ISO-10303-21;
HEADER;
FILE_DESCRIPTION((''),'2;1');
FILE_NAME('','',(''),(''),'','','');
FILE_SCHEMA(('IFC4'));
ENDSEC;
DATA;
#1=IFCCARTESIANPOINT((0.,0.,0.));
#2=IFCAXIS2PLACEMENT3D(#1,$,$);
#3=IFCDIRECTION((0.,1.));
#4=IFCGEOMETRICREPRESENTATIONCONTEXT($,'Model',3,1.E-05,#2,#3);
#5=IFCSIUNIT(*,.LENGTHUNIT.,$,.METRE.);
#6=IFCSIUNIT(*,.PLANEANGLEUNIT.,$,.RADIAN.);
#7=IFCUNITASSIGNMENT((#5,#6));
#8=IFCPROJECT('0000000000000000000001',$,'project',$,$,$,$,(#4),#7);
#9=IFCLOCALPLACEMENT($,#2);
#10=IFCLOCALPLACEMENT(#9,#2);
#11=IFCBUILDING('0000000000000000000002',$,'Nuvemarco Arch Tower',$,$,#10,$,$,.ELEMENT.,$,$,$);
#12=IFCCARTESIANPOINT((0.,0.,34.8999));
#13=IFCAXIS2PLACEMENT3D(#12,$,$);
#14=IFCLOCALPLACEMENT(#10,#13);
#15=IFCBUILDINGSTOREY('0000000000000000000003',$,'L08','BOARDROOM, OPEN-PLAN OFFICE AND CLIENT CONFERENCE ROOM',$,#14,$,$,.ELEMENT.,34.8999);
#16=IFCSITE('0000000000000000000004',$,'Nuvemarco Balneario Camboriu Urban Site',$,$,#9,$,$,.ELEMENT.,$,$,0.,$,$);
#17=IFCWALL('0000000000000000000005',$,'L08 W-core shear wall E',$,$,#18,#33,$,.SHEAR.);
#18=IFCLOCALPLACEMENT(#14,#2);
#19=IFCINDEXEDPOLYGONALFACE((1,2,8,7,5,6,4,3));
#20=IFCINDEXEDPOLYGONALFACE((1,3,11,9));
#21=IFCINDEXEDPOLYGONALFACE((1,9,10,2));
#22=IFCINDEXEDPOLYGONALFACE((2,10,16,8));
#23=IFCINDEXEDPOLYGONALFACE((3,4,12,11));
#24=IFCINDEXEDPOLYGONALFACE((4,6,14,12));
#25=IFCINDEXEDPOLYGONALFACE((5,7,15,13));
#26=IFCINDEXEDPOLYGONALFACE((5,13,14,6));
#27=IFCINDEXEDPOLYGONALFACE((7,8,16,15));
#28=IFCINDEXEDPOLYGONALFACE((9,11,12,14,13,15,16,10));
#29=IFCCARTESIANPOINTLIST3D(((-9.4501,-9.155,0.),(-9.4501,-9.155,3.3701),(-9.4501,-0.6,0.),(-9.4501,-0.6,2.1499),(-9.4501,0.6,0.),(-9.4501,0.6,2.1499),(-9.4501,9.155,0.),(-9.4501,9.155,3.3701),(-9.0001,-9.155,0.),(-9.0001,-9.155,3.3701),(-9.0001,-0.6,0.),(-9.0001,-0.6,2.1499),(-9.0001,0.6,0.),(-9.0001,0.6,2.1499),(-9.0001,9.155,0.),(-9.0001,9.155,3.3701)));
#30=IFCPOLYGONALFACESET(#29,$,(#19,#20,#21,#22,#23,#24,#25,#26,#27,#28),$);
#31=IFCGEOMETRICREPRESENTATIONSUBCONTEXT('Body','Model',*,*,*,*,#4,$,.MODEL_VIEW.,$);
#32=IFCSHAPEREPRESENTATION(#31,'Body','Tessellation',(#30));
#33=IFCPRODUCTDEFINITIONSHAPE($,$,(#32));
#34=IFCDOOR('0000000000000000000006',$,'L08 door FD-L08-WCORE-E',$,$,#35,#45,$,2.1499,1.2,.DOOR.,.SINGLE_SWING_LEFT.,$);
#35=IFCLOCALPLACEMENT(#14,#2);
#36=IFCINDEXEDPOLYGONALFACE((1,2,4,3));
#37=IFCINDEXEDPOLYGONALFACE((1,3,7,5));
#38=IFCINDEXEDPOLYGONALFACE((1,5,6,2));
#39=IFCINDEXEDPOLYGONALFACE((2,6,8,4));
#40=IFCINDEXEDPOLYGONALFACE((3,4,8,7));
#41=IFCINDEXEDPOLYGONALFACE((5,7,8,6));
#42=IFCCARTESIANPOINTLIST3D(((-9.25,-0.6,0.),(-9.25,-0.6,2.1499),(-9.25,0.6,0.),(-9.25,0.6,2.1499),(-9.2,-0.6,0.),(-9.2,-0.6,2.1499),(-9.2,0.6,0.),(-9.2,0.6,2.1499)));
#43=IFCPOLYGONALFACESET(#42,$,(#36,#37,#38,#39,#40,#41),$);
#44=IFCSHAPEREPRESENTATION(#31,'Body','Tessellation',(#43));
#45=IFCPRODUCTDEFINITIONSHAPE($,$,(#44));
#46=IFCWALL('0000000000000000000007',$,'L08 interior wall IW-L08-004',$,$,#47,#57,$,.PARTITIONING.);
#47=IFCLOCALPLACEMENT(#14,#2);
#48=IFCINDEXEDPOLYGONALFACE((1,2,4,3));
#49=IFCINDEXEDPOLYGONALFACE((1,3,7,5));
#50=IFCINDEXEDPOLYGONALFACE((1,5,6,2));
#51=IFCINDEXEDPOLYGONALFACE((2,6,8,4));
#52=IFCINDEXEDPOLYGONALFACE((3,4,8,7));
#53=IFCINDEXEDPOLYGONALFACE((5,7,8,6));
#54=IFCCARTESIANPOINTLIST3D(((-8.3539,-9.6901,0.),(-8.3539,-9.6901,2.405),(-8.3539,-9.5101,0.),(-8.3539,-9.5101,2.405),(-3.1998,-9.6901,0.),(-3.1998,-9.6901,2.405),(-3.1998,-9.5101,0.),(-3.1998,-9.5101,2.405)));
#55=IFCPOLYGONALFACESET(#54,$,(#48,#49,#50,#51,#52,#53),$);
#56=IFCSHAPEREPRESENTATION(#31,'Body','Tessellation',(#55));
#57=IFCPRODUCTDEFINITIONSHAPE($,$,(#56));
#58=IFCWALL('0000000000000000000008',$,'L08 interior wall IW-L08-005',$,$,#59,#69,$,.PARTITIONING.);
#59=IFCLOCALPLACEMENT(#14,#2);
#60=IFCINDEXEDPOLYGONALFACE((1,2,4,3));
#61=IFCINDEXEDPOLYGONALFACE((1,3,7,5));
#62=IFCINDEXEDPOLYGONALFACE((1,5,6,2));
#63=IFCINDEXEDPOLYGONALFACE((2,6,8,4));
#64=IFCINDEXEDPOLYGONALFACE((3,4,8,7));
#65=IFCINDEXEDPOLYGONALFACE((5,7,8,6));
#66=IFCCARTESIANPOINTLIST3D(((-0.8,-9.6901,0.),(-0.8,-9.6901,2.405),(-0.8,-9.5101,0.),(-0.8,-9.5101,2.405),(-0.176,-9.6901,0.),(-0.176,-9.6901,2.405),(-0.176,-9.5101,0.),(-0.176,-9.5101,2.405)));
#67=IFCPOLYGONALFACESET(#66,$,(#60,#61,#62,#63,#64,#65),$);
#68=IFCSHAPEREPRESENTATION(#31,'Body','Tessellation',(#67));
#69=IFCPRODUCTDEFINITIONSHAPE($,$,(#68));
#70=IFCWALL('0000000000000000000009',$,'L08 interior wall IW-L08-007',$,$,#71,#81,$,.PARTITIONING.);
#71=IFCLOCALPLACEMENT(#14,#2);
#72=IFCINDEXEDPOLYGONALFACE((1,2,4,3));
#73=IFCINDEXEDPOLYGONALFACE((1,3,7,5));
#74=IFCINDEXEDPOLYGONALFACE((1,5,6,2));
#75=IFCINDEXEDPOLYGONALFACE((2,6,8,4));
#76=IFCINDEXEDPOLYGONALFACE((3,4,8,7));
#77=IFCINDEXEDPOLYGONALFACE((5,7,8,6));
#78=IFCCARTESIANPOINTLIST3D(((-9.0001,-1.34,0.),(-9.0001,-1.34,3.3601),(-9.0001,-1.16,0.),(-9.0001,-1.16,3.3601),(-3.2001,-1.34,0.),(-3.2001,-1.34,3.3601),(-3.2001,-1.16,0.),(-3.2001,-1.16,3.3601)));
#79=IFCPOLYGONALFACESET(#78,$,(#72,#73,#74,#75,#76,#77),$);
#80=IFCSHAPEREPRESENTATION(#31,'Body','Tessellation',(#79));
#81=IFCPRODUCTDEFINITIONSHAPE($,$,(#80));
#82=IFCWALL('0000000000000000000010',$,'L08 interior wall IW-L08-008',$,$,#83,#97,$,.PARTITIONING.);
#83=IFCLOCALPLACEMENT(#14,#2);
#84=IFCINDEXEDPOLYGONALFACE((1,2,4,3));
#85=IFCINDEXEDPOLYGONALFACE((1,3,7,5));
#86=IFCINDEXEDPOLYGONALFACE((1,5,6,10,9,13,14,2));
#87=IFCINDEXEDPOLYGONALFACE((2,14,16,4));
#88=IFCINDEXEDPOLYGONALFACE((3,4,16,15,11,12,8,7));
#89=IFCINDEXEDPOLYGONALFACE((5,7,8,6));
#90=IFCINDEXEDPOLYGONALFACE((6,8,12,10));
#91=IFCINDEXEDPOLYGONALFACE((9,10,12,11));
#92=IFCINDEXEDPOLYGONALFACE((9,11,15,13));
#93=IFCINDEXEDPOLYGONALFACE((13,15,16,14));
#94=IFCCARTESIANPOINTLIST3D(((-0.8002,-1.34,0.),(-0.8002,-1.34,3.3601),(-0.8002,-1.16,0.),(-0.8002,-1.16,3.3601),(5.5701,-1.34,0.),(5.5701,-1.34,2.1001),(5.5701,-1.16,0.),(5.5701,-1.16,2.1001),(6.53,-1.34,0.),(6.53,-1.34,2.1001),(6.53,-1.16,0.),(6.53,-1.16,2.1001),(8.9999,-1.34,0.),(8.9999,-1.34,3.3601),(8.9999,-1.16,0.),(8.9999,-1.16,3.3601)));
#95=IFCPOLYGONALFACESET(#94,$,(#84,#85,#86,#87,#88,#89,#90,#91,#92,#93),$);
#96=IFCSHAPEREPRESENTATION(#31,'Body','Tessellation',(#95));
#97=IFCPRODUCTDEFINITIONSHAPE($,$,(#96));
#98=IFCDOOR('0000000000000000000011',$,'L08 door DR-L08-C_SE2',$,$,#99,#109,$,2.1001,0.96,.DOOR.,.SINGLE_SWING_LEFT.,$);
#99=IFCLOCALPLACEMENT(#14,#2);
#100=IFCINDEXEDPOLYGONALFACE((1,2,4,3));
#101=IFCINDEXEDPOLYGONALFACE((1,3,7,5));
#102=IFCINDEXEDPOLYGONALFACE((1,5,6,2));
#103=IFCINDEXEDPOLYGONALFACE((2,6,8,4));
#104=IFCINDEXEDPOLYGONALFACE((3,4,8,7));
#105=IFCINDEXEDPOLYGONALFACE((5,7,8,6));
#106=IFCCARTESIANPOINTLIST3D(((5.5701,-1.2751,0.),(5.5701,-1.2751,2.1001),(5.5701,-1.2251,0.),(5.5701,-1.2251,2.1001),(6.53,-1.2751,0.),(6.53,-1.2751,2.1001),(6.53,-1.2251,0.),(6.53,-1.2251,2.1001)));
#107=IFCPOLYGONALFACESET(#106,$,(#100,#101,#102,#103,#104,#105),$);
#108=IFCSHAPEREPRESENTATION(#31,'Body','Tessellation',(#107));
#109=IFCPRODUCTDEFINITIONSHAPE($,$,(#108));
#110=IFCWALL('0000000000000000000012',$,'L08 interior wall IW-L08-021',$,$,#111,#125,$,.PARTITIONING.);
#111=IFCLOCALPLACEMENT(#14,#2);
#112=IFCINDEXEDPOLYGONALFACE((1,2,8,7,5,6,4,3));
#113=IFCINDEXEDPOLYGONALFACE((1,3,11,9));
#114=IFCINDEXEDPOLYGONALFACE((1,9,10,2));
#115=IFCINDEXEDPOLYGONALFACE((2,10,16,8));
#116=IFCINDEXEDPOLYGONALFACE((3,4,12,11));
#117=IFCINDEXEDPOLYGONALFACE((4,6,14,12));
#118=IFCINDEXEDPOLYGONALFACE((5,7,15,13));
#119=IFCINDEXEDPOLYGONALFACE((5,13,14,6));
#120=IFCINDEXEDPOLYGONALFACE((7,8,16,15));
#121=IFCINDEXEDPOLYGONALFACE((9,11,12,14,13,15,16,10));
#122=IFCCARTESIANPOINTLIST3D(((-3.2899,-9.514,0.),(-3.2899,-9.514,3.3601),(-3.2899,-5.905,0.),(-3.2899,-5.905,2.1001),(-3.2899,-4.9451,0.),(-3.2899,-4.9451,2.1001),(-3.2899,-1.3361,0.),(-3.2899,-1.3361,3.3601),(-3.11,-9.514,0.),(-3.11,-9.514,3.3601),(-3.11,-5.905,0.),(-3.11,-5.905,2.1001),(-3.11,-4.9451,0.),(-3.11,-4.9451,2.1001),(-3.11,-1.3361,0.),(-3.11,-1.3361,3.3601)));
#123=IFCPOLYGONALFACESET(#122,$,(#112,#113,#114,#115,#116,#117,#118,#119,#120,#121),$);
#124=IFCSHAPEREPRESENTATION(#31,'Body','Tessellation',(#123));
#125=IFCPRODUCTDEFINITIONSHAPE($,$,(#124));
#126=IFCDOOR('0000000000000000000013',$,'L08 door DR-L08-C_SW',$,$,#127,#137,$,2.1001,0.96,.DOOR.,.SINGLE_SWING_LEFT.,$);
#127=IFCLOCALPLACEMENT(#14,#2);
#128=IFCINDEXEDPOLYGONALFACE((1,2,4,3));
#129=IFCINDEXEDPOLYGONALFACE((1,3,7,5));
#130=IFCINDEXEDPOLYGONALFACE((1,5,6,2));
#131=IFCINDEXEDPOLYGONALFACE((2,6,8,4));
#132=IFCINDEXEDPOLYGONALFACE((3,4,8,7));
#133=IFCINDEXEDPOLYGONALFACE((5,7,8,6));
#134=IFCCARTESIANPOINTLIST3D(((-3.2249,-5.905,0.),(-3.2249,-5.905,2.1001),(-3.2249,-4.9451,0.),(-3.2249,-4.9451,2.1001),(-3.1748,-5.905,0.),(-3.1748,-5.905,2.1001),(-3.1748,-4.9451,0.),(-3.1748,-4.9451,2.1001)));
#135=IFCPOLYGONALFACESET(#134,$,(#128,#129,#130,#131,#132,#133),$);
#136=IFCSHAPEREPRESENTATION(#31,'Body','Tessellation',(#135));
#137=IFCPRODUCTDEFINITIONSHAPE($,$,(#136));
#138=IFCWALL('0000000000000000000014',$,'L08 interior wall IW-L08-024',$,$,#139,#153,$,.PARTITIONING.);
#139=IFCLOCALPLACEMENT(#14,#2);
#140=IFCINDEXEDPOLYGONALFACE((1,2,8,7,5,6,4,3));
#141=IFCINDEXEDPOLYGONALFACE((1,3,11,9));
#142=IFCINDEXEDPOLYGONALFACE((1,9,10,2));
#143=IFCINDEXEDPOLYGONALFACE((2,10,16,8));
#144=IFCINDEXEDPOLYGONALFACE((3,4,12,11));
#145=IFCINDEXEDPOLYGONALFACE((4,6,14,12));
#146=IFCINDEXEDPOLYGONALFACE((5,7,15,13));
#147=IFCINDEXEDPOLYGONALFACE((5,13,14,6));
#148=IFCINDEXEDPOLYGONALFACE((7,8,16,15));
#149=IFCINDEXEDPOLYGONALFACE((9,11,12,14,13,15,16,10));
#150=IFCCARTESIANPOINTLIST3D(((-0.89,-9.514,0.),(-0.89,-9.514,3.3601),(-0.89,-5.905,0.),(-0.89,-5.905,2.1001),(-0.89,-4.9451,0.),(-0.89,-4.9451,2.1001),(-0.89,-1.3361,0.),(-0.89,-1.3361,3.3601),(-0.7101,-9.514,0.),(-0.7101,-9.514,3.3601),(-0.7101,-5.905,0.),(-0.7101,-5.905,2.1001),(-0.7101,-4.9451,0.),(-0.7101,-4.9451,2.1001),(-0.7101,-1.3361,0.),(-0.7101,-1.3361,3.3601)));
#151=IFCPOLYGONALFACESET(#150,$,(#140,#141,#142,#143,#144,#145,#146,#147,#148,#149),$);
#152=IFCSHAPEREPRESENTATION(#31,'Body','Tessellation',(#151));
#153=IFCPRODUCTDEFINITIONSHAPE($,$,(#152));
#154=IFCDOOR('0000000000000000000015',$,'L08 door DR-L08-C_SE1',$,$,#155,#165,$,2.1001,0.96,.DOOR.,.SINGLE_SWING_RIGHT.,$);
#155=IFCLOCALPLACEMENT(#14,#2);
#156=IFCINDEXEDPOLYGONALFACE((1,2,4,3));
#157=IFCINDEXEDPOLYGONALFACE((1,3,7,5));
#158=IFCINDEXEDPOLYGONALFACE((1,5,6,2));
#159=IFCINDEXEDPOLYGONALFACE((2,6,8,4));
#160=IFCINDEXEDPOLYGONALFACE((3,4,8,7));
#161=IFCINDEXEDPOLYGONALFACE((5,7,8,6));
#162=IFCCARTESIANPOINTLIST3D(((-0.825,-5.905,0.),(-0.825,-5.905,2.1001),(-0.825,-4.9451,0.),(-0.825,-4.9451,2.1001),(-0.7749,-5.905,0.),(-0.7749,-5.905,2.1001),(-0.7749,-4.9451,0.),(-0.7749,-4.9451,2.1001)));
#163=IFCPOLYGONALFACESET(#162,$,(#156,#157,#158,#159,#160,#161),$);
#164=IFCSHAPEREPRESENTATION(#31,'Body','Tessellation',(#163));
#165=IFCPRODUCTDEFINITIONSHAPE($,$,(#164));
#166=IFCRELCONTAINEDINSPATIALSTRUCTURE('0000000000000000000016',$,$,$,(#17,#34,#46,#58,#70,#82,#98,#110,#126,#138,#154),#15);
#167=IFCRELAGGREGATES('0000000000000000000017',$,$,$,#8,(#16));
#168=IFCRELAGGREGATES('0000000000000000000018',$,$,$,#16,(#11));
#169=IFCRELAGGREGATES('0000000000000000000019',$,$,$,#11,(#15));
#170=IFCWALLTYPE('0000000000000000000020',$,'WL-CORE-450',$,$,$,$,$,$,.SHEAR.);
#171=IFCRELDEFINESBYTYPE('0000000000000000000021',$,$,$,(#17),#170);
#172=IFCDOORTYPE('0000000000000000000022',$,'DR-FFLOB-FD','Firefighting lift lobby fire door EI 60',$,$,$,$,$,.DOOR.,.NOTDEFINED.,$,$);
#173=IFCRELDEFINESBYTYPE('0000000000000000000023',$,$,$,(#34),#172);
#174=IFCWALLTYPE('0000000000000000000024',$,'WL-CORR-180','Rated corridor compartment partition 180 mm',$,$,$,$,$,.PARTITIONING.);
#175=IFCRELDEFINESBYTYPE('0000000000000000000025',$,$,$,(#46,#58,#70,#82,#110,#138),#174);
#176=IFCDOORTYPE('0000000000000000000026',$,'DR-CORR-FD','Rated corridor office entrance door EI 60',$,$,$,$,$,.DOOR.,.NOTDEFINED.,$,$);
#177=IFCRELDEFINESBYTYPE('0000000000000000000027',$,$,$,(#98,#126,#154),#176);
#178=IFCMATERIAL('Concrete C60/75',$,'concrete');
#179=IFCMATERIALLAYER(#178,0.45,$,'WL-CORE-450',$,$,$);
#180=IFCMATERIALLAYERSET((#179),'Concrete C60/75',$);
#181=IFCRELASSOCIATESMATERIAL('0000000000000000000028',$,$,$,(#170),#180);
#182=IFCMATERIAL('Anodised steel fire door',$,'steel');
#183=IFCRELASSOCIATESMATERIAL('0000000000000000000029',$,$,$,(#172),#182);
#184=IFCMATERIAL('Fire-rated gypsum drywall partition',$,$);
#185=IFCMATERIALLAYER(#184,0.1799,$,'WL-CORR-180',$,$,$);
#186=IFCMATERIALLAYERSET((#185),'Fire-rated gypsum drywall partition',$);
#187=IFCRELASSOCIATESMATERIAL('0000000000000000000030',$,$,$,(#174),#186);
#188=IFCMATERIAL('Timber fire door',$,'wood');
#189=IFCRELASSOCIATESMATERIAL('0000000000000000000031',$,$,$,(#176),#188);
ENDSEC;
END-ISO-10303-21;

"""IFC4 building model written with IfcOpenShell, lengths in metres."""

from ifc_helpers import new_model, si_unit, direction, frame, frame_2d, origin, place, context, subcontext, project, spatial, rectangle, extrude, source, transform, mapped, material, layer, layer_set, type_object, type_shapes, element, fill, save


model = new_model("IFC4")

# Units and contexts
model_context = context("Model", 3, precision=1e-05, world=origin(), true_north=direction((0.0, 1.0)))
body_context = subcontext(model_context, "Body", "Model", "MODEL_VIEW")
ifc_project = project(units=[si_unit("LENGTHUNIT", "METRE"), si_unit("PLANEANGLEUNIT", "RADIAN")], contexts=[model_context])

# Site, building, storey
site_placement = place(None, origin())
site = spatial("IfcSite", under=ifc_project, at=site_placement, Name="Nuvemarco Balneario Camboriu Urban Site", CompositionType="ELEMENT", RefElevation=0.0)
building_placement = place(site_placement, origin())
building = spatial("IfcBuilding", under=site, at=building_placement, Name="Nuvemarco Arch Tower", CompositionType="ELEMENT")
storey_placement = place(building_placement, frame((0.0, 0.0, 34.8999)))
storey = spatial("IfcBuildingStorey", under=building, at=storey_placement, Name="L08", Description="BOARDROOM, OPEN-PLAN OFFICE AND CLIENT CONFERENCE ROOM", CompositionType="ELEMENT", Elevation=34.8999)

# Shared definitions
ifc_material_1 = material(Name="Concrete C60/75", Category="concrete")

# Wall, opening, door
ifc_layer_1 = layer(ifc_material_1, 0.45, Name="WL-CORE-450")
ifc_layer_set_1 = layer_set([ifc_layer_1], Name="Concrete C60/75")
wall_type_1 = type_object("IfcWallType", Name="WL-CORE-450", PredefinedType="SHEAR", material=ifc_layer_set_1)
wall_1_placement = place(storey_placement, frame((-9.2251, -9.155, 0.0), z_axis=(0.0, 0.0, 1.0), x_axis=(0.0, 1.0, 0.0)))
wall_1 = element("IfcWall", 1, at=wall_1_placement, inside=storey, type_object=wall_type_1, Name="L08 W-core shear wall E", PredefinedType="SHEAR", context=body_context, shape_type="SweptSolid", body=[
    extrude(rectangle(XDim=18.3101, YDim=0.45, at=frame_2d((9.155, 0.0))), origin(), (0.0, 0.0, 1.0), 3.3701),
])
opening_1_placement = place(wall_1_placement, frame((8.5549, 0.0, 0.0)))
opening_1 = element("IfcOpeningElement", 2, at=opening_1_placement, cuts=wall_1, PredefinedType="OPENING", context=body_context, shape_type="SweptSolid", body=[
    extrude(rectangle(XDim=1.2, YDim=2.1499, at=frame_2d((0.6001, 1.075))), frame((0.0, 0.2349, 0.0), z_axis=(0.0, -1.0, 0.0), x_axis=(1.0, 0.0, 0.0)), (0.0, 0.0, 1.0), 0.47),
])
ifc_material_2 = material(Name="Anodised steel fire door", Category="steel")
door_type_1 = type_object("IfcDoorType", Name="DR-FFLOB-FD", Description="Firefighting lift lobby fire door EI 60", OperationType="NOTDEFINED", PredefinedType="DOOR", material=ifc_material_2)
shared_shape_1 = source(origin(), body_context, "Body", "SweptSolid", [
    extrude(rectangle(XDim=1.2, YDim=2.1499, at=frame_2d((0.6001, 1.075))), frame((0.0, 0.0249, 0.0), z_axis=(0.0, -1.0, 0.0), x_axis=(1.0, 0.0, 0.0)), (0.0, 0.0, 1.0), 0.05),
])
type_shapes(door_type_1, [shared_shape_1])
door_1_placement = place(opening_1_placement, origin())
door_1 = element("IfcDoor", 3, at=door_1_placement, inside=storey, type_object=door_type_1, Name="L08 door FD-L08-WCORE-E", OperationType="SINGLE_SWING_LEFT", OverallHeight=2.1499, OverallWidth=1.2, PredefinedType="DOOR", context=body_context, shape_type="MappedRepresentation", body=[
    mapped(shared_shape_1, transform((0.0, 0.0, 0.0), scale=1.0)),
])
fill(opening_1, door_1)

# Walls
ifc_material_3 = material(Name="Fire-rated gypsum drywall partition")
ifc_layer_2 = layer(ifc_material_3, 0.1799, Name="WL-CORR-180")
ifc_layer_set_2 = layer_set([ifc_layer_2], Name="Fire-rated gypsum drywall partition")
wall_type_2 = type_object("IfcWallType", Name="WL-CORR-180", Description="Rated corridor compartment partition 180 mm", PredefinedType="PARTITIONING", material=ifc_layer_set_2)
wall_2_placement = place(storey_placement, frame((-8.354, -9.6001, 0.0), z_axis=(0.0, 0.0, 1.0), x_axis=(1.0, 0.0, 0.0)))
element("IfcWall", 4, at=wall_2_placement, inside=storey, type_object=wall_type_2, Name="L08 interior wall IW-L08-004", PredefinedType="PARTITIONING", context=body_context, shape_type="SweptSolid", body=[
    extrude(rectangle(XDim=5.1541, YDim=0.1799, at=frame_2d((2.5771, 0.0))), origin(), (0.0, 0.0, 1.0), 2.405),
])
wall_3_placement = place(storey_placement, frame((-0.8, -9.6001, 0.0), z_axis=(0.0, 0.0, 1.0), x_axis=(1.0, 0.0, 0.0)))
element("IfcWall", 5, at=wall_3_placement, inside=storey, type_object=wall_type_2, Name="L08 interior wall IW-L08-005", PredefinedType="PARTITIONING", context=body_context, shape_type="SweptSolid", body=[
    extrude(rectangle(XDim=0.624, YDim=0.1799, at=frame_2d((0.312, 0.0))), origin(), (0.0, 0.0, 1.0), 2.405),
])
wall_4_placement = place(storey_placement, frame((-9.0, -1.25, 0.0), z_axis=(0.0, 0.0, 1.0), x_axis=(1.0, 0.0, 0.0)))
element("IfcWall", 6, at=wall_4_placement, inside=storey, type_object=wall_type_2, Name="L08 interior wall IW-L08-007", PredefinedType="PARTITIONING", context=body_context, shape_type="SweptSolid", body=[
    extrude(rectangle(XDim=5.8, YDim=0.1799, at=frame_2d((2.8999, 0.0))), origin(), (0.0, 0.0, 1.0), 3.3601),
])

# Walls, openings, doors
wall_5_placement = place(storey_placement, frame((-0.8, -1.25, 0.0), z_axis=(0.0, 0.0, 1.0), x_axis=(1.0, 0.0, 0.0)))
wall_5 = element("IfcWall", 7, at=wall_5_placement, inside=storey, type_object=wall_type_2, Name="L08 interior wall IW-L08-008", PredefinedType="PARTITIONING", context=body_context, shape_type="SweptSolid", body=[
    extrude(rectangle(XDim=9.8, YDim=0.1799, at=frame_2d((4.8999, 0.0))), origin(), (0.0, 0.0, 1.0), 3.3601),
])
opening_2_placement = place(wall_5_placement, frame((6.3701, 0.0, 0.0)))
opening_2 = element("IfcOpeningElement", 8, at=opening_2_placement, cuts=wall_5, PredefinedType="OPENING", context=body_context, shape_type="SweptSolid", body=[
    extrude(rectangle(XDim=0.96, YDim=2.1001, at=frame_2d((0.48, 1.05))), frame((0.0, 0.0999, 0.0), z_axis=(0.0, -1.0, 0.0), x_axis=(1.0, 0.0, 0.0)), (0.0, 0.0, 1.0), 0.2),
])
ifc_material_4 = material(Name="Timber fire door", Category="wood")
door_type_2 = type_object("IfcDoorType", Name="DR-CORR-FD", Description="Rated corridor office entrance door EI 60", OperationType="NOTDEFINED", PredefinedType="DOOR", material=ifc_material_4)
shared_shape_2 = source(origin(), body_context, "Body", "SweptSolid", [
    extrude(rectangle(XDim=0.96, YDim=2.1001, at=frame_2d((0.48, 1.05))), frame((0.0, 0.0249, 0.0), z_axis=(0.0, -1.0, 0.0), x_axis=(1.0, 0.0, 0.0)), (0.0, 0.0, 1.0), 0.05),
])
type_shapes(door_type_2, [shared_shape_2])
door_2_placement = place(opening_2_placement, origin())
door_2 = element("IfcDoor", 9, at=door_2_placement, inside=storey, type_object=door_type_2, Name="L08 door DR-L08-C_SE2", OperationType="SINGLE_SWING_LEFT", OverallHeight=2.1001, OverallWidth=0.96, PredefinedType="DOOR", context=body_context, shape_type="MappedRepresentation", body=[
    mapped(shared_shape_2, transform((0.0, 0.0, 0.0), scale=1.0)),
])
fill(opening_2, door_2)
wall_6_placement = place(storey_placement, frame((-3.2, -9.5139, 0.0), z_axis=(0.0, 0.0, 1.0), x_axis=(0.0, 1.0, 0.0)))
wall_6 = element("IfcWall", 10, at=wall_6_placement, inside=storey, type_object=wall_type_2, Name="L08 interior wall IW-L08-021", PredefinedType="PARTITIONING", context=body_context, shape_type="SweptSolid", body=[
    extrude(rectangle(XDim=8.178, YDim=0.1799, at=frame_2d((4.0889, 0.0))), origin(), (0.0, 0.0, 1.0), 3.3601),
])
opening_3_placement = place(wall_6_placement, frame((3.6089, 0.0, 0.0)))
opening_3 = element("IfcOpeningElement", 11, at=opening_3_placement, cuts=wall_6, PredefinedType="OPENING", context=body_context, shape_type="SweptSolid", body=[
    extrude(rectangle(XDim=0.96, YDim=2.1001, at=frame_2d((0.48, 1.05))), frame((0.0, 0.0999, 0.0), z_axis=(0.0, -1.0, 0.0), x_axis=(1.0, 0.0, 0.0)), (0.0, 0.0, 1.0), 0.2),
])
door_3_placement = place(opening_3_placement, origin())
door_3 = element("IfcDoor", 12, at=door_3_placement, inside=storey, type_object=door_type_2, Name="L08 door DR-L08-C_SW", OperationType="SINGLE_SWING_LEFT", OverallHeight=2.1001, OverallWidth=0.96, PredefinedType="DOOR", context=body_context, shape_type="MappedRepresentation", body=[
    mapped(shared_shape_2, transform((0.0, 0.0, 0.0), scale=1.0)),
])
fill(opening_3, door_3)
wall_7_placement = place(storey_placement, frame((-0.8, -9.5139, 0.0), z_axis=(0.0, 0.0, 1.0), x_axis=(0.0, 1.0, 0.0)))
wall_7 = element("IfcWall", 13, at=wall_7_placement, inside=storey, type_object=wall_type_2, Name="L08 interior wall IW-L08-024", PredefinedType="PARTITIONING", context=body_context, shape_type="SweptSolid", body=[
    extrude(rectangle(XDim=8.178, YDim=0.1799, at=frame_2d((4.0889, 0.0))), origin(), (0.0, 0.0, 1.0), 3.3601),
])
opening_4_placement = place(wall_7_placement, frame((3.6089, 0.0, 0.0)))
opening_4 = element("IfcOpeningElement", 14, at=opening_4_placement, cuts=wall_7, PredefinedType="OPENING", context=body_context, shape_type="SweptSolid", body=[
    extrude(rectangle(XDim=0.96, YDim=2.1001, at=frame_2d((0.48, 1.05))), frame((0.0, 0.0999, 0.0), z_axis=(0.0, -1.0, 0.0), x_axis=(1.0, 0.0, 0.0)), (0.0, 0.0, 1.0), 0.2),
])
door_4_placement = place(opening_4_placement, origin())
door_4 = element("IfcDoor", 15, at=door_4_placement, inside=storey, type_object=door_type_2, Name="L08 door DR-L08-C_SE1", OperationType="SINGLE_SWING_RIGHT", OverallHeight=2.1001, OverallWidth=0.96, PredefinedType="DOOR", context=body_context, shape_type="MappedRepresentation", body=[
    mapped(shared_shape_2, transform((0.0, 0.0, 0.0), scale=1.0)),
])
fill(opening_4, door_4)

save(model, "model.ifc")
